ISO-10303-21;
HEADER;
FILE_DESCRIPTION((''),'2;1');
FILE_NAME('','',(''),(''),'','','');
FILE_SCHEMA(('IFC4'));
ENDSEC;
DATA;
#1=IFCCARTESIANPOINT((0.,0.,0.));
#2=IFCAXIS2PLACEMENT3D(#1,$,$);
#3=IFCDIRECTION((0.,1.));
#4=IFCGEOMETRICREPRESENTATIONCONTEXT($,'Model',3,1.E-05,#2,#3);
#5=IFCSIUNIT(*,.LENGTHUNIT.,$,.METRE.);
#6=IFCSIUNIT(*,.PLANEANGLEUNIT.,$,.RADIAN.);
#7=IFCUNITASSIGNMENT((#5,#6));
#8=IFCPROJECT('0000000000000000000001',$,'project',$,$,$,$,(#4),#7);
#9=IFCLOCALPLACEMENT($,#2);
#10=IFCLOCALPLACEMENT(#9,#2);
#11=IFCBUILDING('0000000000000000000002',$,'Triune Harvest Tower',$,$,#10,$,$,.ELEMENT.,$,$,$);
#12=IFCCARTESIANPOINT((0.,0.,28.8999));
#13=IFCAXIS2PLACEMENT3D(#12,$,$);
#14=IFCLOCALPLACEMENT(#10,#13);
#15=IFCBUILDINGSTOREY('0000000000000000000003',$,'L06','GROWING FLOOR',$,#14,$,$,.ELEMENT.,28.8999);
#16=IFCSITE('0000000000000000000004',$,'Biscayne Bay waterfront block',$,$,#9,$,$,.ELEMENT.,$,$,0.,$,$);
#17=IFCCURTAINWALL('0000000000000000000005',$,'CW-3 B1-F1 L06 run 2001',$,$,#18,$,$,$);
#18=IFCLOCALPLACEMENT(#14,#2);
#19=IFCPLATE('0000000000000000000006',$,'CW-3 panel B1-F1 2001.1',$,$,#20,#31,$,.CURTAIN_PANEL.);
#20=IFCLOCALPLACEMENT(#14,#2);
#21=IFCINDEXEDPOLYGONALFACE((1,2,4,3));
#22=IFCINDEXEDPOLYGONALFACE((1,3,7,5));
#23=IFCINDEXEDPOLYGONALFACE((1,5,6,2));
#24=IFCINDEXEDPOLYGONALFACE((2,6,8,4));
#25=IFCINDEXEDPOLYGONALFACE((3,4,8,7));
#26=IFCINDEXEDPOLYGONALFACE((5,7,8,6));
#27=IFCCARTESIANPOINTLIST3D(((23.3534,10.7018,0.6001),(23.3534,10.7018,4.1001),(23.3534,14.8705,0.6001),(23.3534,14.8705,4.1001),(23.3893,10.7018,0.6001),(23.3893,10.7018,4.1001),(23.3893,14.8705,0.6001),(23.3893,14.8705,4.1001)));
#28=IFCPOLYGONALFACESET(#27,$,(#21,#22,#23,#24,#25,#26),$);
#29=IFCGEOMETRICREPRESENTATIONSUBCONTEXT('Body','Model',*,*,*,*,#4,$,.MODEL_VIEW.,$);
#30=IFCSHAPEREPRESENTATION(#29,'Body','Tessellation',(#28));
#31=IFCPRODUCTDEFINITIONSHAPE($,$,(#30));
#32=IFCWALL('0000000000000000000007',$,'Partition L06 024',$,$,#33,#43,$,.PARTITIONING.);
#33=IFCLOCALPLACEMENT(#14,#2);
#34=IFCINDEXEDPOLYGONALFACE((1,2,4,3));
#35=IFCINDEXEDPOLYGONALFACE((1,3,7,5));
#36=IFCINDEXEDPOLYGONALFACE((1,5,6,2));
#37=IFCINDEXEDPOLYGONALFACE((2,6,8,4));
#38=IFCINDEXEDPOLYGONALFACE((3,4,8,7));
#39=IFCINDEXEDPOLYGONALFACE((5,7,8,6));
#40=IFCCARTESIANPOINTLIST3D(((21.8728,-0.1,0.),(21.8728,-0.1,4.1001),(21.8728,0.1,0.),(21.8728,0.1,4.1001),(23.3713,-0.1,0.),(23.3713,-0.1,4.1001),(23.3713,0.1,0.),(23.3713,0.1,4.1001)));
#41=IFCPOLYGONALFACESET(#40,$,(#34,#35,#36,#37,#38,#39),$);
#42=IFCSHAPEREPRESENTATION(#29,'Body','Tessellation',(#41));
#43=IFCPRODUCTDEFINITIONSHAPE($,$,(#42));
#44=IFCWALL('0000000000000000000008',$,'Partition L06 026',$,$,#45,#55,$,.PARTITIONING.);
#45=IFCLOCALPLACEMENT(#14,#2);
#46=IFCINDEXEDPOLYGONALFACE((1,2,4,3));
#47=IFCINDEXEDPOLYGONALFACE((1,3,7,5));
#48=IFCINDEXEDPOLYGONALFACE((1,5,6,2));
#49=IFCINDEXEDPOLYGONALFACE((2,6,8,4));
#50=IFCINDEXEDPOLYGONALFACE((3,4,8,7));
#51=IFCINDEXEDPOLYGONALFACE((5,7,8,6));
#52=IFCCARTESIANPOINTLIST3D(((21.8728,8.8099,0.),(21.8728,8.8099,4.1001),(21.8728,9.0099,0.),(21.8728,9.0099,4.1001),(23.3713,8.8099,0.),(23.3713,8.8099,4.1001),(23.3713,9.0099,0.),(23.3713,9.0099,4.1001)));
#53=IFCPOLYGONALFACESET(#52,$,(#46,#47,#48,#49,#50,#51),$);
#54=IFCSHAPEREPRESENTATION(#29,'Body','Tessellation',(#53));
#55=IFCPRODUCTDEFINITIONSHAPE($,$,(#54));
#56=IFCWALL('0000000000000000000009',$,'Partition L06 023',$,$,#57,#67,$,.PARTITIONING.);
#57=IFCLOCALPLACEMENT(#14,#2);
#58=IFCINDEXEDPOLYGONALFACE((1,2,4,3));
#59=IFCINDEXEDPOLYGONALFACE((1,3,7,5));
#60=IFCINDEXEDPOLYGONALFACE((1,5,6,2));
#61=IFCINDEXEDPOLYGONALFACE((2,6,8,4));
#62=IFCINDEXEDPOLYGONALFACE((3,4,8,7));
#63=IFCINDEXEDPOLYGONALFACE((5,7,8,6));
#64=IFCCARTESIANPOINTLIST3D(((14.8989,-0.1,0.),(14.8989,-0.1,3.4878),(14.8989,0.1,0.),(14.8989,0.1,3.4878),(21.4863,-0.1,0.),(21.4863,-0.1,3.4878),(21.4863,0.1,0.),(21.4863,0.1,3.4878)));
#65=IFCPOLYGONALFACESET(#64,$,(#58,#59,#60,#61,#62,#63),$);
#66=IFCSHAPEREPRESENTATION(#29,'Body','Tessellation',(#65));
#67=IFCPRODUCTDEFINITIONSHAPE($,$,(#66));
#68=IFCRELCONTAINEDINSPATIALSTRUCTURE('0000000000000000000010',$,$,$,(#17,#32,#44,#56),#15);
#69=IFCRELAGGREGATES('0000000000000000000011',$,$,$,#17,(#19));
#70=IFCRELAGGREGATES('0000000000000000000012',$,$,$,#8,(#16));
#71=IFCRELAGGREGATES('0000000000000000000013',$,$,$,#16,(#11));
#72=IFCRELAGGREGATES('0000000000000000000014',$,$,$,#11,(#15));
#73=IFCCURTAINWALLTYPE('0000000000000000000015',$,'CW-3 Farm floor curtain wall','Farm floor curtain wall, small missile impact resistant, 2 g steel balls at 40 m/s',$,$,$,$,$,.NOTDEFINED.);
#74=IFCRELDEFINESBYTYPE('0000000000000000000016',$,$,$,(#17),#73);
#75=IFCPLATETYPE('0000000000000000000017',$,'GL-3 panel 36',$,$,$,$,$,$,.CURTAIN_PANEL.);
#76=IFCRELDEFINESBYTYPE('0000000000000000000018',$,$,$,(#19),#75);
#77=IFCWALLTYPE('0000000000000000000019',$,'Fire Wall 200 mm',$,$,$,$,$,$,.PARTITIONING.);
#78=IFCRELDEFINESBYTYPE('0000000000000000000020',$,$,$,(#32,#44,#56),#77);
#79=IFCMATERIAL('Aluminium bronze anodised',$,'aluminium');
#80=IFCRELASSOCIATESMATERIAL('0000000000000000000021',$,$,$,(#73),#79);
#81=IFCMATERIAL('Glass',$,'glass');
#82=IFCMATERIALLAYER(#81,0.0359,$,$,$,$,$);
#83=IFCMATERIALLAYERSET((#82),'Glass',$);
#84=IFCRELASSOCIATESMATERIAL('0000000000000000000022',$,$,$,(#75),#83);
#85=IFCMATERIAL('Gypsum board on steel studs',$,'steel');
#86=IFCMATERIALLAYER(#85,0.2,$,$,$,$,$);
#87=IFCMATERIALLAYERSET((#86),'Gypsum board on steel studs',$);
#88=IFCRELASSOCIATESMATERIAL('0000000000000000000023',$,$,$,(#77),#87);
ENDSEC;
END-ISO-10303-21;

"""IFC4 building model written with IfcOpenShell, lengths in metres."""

from ifc_helpers import new_model, si_unit, direction, frame, frame_2d, origin, origin_2d, place, context, subcontext, project, spatial, rectangle, extrude, source, transform, mapped, material, layer, layer_set, type_object, element, aggregate, save


model = new_model("IFC4")

# Units and contexts
model_context = context("Model", 3, precision=1e-05, world=origin(), true_north=direction((0.0, 1.0)))
body_context = subcontext(model_context, "Body", "Model", "MODEL_VIEW")
ifc_project = project(units=[si_unit("LENGTHUNIT", "METRE"), si_unit("PLANEANGLEUNIT", "RADIAN")], contexts=[model_context])

# Site, building, storey
site_placement = place(None, origin())
site = spatial("IfcSite", under=ifc_project, at=site_placement, Name="Biscayne Bay waterfront block", CompositionType="ELEMENT", RefElevation=0.0)
building_placement = place(site_placement, origin())
building = spatial("IfcBuilding", under=site, at=building_placement, Name="Triune Harvest Tower", CompositionType="ELEMENT")
storey_placement = place(building_placement, frame((0.0, 0.0, 28.8999)))
storey = spatial("IfcBuildingStorey", under=building, at=storey_placement, Name="L06", Description="GROWING FLOOR", CompositionType="ELEMENT", Elevation=28.8999)

# Curtain wall
ifc_material_1 = material(Name="Aluminium bronze anodised", Category="aluminium")
curtain_wall_type_1 = type_object("IfcCurtainWallType", Name="CW-3 Farm floor curtain wall", Description="Farm floor curtain wall, small missile impact resistant, 2 g steel balls at 40 m/s", PredefinedType="NOTDEFINED", material=ifc_material_1)
curtain_wall_1_placement = place(storey_placement, origin())
curtain_wall_1 = element("IfcCurtainWall", 1, at=curtain_wall_1_placement, inside=storey, type_object=curtain_wall_type_1, Name="CW-3 B1-F1 L06 run 2001")

# Plate
ifc_material_2 = material(Name="Glass", Category="glass")
ifc_layer_1 = layer(ifc_material_2, 0.0359)
ifc_layer_set_1 = layer_set([ifc_layer_1], Name="Glass")
plate_type_1 = type_object("IfcPlateType", Name="GL-3 panel 36", PredefinedType="CURTAIN_PANEL", material=ifc_layer_set_1)
shared_shape_1 = source(origin(), body_context, "Body", "SweptSolid", [
    extrude(rectangle(XDim=4.1687, YDim=0.0359, at=origin_2d()), origin(), (0.0, 0.0, 1.0), 3.5),
])
plate_1_placement = place(storey_placement, frame((23.3713, 12.7861, 0.6001), z_axis=(0.0, 0.0, 1.0), x_axis=(0.0, 1.0, 0.0)))
plate_1 = element("IfcPlate", 2, at=plate_1_placement, type_object=plate_type_1, Name="CW-3 panel B1-F1 2001.1", PredefinedType="CURTAIN_PANEL", context=body_context, shape_type="MappedRepresentation", body=[
    mapped(shared_shape_1, transform((0.0, 0.0, 0.0), scale=1.0)),
])
aggregate(curtain_wall_1, [plate_1])

# Walls
ifc_material_3 = material(Name="Gypsum board on steel studs", Category="steel")
ifc_layer_2 = layer(ifc_material_3, 0.2)
ifc_layer_set_2 = layer_set([ifc_layer_2], Name="Gypsum board on steel studs")
wall_type = type_object("IfcWallType", Name="Fire Wall 200 mm", PredefinedType="PARTITIONING", material=ifc_layer_set_2)
shared_shape_2 = source(origin(), body_context, "Body", "SweptSolid", [
    extrude(rectangle(XDim=1.4985, YDim=0.2, at=frame_2d((0.7493, 0.0))), origin(), (0.0, 0.0, 1.0), 4.1001),
])
for number, where, z_axis, x_axis, name in (
    (3, (21.8728, 0.0, 0.0), (0.0, 0.0, 1.0), (1.0, 0.0, 0.0), "Partition L06 024"),
    (4, (21.8728, 8.9099, 0.0), (0.0, 0.0, 1.0), (1.0, 0.0, 0.0), "Partition L06 026"),
):
    element("IfcWall", number, at=place(storey_placement, frame(where, z_axis=z_axis, x_axis=x_axis)), inside=storey, type_object=wall_type, Name=name, PredefinedType="PARTITIONING", context=body_context, shape_type="MappedRepresentation", body=[
        mapped(shared_shape_2, transform((0.0, 0.0, 0.0), scale=1.0)),
    ])
shared_shape_3 = source(origin(), body_context, "Body", "SweptSolid", [
    extrude(rectangle(XDim=6.5874, YDim=0.2, at=frame_2d((3.2937, 0.0))), origin(), (0.0, 0.0, 1.0), 3.4878),
])
wall_placement = place(storey_placement, frame((14.8989, 0.0, 0.0), z_axis=(0.0, 0.0, 1.0), x_axis=(1.0, 0.0, 0.0)))
element("IfcWall", 5, at=wall_placement, inside=storey, type_object=wall_type, Name="Partition L06 023", PredefinedType="PARTITIONING", context=body_context, shape_type="MappedRepresentation", body=[
    mapped(shared_shape_3, transform((0.0, 0.0, 0.0), scale=1.0)),
])

save(model, "model.ifc")
